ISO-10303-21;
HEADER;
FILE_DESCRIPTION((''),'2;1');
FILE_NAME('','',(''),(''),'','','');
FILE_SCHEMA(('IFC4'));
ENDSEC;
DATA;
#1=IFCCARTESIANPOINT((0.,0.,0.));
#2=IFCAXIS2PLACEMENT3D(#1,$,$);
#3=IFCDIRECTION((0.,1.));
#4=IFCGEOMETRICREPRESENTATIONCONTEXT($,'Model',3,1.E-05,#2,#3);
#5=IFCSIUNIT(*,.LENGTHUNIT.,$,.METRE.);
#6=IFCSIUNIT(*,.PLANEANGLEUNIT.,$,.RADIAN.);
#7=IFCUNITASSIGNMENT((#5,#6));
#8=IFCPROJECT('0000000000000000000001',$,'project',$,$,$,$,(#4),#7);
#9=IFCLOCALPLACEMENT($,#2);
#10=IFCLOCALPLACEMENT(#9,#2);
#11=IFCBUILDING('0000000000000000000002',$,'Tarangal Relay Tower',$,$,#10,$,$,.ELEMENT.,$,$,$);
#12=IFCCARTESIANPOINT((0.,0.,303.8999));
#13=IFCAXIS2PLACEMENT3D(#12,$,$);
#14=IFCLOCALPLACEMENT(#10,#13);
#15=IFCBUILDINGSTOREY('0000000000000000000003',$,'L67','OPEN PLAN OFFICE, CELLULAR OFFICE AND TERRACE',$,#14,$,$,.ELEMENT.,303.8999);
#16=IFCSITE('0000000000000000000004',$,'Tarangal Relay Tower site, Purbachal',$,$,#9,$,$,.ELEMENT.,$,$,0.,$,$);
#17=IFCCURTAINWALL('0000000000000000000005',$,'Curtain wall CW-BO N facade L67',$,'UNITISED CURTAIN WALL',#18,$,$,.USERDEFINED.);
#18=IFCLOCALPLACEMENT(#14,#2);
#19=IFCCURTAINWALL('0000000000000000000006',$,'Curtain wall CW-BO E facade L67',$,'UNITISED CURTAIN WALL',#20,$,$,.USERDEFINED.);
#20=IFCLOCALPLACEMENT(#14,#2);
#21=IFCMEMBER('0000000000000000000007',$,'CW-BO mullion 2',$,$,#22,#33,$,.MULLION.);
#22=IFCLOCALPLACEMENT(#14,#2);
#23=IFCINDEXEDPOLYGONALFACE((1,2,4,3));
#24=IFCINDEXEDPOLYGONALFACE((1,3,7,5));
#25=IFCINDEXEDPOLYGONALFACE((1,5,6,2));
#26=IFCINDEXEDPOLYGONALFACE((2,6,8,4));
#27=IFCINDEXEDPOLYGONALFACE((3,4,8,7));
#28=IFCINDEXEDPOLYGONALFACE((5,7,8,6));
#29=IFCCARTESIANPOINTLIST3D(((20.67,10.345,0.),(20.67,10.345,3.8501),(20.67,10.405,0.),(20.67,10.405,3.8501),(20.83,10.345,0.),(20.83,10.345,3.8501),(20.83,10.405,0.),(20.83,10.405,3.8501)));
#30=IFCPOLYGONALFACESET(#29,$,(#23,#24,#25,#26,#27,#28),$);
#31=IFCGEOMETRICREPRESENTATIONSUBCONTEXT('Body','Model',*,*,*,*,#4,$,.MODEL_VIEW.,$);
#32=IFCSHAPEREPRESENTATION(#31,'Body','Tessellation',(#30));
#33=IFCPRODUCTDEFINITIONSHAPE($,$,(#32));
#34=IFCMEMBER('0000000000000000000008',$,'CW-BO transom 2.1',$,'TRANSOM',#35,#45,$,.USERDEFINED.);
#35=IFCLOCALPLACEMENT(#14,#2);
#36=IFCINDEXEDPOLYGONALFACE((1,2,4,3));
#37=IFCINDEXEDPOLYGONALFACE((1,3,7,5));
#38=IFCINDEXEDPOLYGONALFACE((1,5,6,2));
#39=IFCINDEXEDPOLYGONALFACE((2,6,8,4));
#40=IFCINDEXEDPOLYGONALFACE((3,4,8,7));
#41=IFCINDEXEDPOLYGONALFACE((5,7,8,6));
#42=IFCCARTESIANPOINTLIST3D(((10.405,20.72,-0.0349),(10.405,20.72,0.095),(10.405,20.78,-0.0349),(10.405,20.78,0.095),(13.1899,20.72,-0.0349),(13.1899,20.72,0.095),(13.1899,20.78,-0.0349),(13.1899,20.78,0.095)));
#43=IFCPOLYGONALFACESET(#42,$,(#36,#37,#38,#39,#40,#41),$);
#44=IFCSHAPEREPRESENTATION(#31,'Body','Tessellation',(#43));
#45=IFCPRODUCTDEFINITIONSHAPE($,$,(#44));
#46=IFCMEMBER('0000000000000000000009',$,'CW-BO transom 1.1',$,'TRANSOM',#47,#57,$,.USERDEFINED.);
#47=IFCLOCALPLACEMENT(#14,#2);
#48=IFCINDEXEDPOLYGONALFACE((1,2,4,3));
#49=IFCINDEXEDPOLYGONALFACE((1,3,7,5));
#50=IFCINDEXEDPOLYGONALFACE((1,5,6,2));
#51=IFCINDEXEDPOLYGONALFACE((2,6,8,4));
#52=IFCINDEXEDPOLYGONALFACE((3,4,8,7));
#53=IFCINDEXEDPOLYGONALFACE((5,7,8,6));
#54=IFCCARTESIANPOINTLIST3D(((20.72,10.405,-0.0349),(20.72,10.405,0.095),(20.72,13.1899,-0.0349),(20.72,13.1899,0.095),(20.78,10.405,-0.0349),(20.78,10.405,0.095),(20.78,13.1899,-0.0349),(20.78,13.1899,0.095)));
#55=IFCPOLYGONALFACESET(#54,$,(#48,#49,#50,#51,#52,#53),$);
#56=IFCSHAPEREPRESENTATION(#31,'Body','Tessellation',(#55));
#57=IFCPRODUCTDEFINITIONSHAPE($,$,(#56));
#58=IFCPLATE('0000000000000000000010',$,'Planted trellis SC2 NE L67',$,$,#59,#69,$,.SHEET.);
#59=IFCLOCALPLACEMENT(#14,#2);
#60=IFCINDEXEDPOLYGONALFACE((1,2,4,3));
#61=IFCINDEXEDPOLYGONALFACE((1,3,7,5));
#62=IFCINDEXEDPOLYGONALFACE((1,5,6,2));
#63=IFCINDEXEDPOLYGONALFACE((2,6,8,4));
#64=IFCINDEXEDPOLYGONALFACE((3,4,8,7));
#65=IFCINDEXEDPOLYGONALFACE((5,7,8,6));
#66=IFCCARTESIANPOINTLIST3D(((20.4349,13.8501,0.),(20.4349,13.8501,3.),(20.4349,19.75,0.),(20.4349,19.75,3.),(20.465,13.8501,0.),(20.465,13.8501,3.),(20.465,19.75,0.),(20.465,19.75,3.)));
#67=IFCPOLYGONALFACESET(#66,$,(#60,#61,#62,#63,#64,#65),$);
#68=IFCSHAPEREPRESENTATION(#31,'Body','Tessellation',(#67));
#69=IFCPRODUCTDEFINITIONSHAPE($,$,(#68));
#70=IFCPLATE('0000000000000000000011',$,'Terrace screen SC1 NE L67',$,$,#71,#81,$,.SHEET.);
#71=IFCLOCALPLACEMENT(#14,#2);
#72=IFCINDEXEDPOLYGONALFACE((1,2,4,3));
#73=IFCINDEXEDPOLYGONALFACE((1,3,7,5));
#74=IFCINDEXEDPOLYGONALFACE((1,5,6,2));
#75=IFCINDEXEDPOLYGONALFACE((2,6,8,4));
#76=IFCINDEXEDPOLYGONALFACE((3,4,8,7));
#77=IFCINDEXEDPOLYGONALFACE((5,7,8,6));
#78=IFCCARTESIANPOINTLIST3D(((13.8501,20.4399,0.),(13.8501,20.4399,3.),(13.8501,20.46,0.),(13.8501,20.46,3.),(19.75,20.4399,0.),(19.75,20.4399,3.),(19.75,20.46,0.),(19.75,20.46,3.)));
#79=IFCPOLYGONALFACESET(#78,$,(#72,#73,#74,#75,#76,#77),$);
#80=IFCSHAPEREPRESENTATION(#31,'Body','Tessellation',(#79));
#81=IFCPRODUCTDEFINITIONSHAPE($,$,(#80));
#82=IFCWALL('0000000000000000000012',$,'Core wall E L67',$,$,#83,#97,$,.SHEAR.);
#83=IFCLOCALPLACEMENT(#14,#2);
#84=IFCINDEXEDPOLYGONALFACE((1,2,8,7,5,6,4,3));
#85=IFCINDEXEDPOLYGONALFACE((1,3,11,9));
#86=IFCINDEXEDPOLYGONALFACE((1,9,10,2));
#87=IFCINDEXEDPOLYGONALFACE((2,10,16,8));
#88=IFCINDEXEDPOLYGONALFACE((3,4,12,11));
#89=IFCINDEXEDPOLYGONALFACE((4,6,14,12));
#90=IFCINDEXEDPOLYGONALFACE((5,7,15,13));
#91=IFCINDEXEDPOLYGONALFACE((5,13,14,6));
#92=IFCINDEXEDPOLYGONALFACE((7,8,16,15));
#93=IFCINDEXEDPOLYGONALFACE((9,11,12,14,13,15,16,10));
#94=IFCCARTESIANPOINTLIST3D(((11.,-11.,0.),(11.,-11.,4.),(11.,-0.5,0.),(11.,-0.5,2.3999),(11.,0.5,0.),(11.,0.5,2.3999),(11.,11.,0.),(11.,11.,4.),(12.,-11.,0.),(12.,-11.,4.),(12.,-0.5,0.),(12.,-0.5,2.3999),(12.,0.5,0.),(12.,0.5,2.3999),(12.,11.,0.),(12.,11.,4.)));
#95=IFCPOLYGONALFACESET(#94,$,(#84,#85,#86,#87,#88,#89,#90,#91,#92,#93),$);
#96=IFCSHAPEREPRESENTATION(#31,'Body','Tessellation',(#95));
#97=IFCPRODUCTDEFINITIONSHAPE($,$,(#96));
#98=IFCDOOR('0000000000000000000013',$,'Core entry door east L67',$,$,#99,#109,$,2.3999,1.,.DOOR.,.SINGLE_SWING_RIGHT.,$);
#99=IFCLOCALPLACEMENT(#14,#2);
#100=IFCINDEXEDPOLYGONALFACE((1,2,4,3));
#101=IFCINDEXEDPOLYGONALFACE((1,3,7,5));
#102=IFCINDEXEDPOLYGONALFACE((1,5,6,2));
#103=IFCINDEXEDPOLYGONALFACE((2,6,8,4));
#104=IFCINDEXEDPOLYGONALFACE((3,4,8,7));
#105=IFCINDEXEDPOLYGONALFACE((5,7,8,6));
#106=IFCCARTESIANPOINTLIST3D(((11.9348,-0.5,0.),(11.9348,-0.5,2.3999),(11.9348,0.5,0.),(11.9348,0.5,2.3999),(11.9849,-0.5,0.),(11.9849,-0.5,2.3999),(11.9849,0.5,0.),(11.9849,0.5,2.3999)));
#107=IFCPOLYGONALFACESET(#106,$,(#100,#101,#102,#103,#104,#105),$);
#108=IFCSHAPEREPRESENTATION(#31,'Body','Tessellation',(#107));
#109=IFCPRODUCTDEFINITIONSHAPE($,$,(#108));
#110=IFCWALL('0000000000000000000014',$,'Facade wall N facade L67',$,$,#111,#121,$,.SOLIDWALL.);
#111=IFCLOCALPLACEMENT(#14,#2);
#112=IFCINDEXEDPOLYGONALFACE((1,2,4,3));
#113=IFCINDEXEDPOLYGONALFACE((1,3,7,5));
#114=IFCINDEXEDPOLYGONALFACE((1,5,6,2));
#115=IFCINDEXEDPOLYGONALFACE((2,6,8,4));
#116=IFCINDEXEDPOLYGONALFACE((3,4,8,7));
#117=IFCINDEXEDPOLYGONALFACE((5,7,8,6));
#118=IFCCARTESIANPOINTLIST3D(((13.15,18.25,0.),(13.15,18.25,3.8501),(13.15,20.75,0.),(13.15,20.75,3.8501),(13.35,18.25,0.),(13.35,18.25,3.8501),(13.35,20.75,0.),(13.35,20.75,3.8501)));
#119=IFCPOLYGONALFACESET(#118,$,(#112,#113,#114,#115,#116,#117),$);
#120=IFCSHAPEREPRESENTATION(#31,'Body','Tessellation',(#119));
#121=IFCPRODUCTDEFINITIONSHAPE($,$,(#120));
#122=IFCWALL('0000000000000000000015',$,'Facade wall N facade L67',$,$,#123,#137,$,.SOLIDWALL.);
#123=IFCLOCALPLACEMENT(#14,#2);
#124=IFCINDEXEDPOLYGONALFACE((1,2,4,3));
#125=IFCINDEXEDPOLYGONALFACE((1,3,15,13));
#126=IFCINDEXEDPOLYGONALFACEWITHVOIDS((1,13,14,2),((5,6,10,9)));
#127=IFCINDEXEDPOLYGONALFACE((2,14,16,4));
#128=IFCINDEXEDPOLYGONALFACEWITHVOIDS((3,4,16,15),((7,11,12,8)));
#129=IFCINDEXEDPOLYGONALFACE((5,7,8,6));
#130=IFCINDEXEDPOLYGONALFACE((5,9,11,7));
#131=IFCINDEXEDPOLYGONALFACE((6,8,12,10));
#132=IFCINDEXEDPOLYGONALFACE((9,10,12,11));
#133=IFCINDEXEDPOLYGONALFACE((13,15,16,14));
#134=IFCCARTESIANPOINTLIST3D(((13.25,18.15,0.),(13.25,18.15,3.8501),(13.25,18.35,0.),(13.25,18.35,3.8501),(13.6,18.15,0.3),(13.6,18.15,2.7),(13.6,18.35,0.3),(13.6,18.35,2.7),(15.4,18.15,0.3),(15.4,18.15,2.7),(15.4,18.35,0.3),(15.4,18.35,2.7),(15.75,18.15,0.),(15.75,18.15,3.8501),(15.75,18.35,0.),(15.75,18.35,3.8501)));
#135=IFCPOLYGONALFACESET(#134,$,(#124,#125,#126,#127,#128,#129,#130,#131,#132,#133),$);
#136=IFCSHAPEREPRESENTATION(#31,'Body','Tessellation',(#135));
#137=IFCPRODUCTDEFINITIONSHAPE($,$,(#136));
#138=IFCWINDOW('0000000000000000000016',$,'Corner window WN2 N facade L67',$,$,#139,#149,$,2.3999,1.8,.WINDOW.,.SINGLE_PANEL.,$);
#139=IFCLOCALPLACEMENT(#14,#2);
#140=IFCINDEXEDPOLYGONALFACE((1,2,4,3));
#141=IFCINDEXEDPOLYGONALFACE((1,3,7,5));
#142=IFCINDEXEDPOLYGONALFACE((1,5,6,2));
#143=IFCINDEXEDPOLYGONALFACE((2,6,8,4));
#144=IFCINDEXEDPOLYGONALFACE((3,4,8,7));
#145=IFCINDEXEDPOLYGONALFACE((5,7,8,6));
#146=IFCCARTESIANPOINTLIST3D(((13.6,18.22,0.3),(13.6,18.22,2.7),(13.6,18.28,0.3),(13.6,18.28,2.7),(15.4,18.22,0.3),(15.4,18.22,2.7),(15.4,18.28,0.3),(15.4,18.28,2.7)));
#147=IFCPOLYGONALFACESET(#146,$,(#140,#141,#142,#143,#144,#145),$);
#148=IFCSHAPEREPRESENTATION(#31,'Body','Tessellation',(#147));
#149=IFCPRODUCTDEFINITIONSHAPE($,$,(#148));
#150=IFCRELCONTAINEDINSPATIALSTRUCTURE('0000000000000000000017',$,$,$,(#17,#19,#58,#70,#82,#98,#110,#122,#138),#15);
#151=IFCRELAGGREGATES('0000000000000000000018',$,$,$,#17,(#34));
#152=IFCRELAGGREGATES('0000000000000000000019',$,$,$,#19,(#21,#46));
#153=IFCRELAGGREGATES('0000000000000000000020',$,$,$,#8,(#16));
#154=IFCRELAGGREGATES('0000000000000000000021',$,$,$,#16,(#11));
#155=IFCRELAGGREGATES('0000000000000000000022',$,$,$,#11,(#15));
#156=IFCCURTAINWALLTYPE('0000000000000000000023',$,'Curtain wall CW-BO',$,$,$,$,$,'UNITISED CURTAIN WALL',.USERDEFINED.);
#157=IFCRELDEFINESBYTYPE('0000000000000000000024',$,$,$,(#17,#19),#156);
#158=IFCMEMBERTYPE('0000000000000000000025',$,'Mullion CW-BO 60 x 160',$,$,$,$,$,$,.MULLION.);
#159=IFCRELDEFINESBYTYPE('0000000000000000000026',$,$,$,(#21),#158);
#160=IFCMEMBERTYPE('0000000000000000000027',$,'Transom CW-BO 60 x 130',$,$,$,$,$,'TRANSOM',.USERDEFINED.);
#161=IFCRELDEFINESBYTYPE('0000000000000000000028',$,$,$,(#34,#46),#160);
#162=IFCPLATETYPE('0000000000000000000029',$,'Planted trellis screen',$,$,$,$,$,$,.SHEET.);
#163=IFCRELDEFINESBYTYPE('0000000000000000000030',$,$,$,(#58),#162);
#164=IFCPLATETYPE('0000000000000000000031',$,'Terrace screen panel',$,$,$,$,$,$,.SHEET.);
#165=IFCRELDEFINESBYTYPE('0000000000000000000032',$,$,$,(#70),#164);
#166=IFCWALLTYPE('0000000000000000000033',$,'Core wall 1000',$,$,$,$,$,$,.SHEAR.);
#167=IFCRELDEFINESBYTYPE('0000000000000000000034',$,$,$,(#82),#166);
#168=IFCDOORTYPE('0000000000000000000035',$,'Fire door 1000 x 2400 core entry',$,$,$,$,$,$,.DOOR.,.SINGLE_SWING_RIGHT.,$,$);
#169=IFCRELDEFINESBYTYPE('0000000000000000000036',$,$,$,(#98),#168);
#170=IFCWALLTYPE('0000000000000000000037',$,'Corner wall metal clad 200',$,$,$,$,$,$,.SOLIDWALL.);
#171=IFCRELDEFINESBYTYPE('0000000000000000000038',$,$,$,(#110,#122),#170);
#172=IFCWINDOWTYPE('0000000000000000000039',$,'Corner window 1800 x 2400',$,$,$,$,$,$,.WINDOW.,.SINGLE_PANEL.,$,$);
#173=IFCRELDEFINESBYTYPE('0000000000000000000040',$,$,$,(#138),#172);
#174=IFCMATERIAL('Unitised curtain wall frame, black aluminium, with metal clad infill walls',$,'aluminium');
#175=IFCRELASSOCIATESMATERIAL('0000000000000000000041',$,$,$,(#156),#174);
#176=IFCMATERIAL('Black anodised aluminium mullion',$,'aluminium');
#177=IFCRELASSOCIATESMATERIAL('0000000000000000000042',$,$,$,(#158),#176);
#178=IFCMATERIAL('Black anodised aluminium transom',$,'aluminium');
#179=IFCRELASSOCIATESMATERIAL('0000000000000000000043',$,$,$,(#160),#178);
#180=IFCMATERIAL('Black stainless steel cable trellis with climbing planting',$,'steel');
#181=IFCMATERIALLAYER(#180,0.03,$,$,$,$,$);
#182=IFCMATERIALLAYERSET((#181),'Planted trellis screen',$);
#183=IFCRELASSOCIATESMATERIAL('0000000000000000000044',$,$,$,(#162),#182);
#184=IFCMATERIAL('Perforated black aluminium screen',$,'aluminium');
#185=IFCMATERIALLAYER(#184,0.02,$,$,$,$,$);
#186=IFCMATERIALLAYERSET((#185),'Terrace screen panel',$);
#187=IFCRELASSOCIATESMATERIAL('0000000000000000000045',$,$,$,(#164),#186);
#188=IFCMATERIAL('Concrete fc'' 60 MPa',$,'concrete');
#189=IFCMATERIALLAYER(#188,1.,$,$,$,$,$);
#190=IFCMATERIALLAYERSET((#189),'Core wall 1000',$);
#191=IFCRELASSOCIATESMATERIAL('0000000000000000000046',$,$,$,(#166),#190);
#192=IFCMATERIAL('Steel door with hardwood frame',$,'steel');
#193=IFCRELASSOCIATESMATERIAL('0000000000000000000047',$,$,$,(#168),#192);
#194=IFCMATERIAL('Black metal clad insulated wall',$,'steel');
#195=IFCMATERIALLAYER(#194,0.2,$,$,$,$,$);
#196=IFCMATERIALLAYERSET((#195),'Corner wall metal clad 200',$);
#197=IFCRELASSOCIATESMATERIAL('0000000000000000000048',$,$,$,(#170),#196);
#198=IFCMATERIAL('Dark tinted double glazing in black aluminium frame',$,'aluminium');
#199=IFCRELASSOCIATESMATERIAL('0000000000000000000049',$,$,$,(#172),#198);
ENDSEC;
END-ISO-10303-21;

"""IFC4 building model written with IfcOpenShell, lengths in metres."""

from ifc_helpers import new_model, si_unit, direction, frame, frame_2d, origin, origin_2d, place, context, subcontext, project, spatial, rectangle, extrude, material, layer, layer_set, material_profile, profile_set, type_object, element, fill, aggregate, save


model = new_model("IFC4")

# Units and contexts
model_context = context("Model", 3, precision=1e-05, world=origin(), true_north=direction((0.0, 1.0)))
body_context = subcontext(model_context, "Body", "Model", "MODEL_VIEW")
ifc_project = project(units=[si_unit("LENGTHUNIT", "METRE"), si_unit("PLANEANGLEUNIT", "RADIAN")], contexts=[model_context])

# Site, building, storey
site_placement = place(None, origin())
site = spatial("IfcSite", under=ifc_project, at=site_placement, Name="Tarangal Relay Tower site, Purbachal", CompositionType="ELEMENT", RefElevation=0.0)
building_placement = place(site_placement, origin())
building = spatial("IfcBuilding", under=site, at=building_placement, Name="Tarangal Relay Tower", CompositionType="ELEMENT")
storey_placement = place(building_placement, frame((0.0, 0.0, 303.8999)))
storey = spatial("IfcBuildingStorey", under=building, at=storey_placement, Name="L67", Description="OPEN PLAN OFFICE, CELLULAR OFFICE AND TERRACE", CompositionType="ELEMENT", Elevation=303.8999)

# Curtain wall
ifc_material_1 = material(Name="Unitised curtain wall frame, black aluminium, with metal clad infill walls", Category="aluminium")
curtain_wall_type = type_object("IfcCurtainWallType", Name="Curtain wall CW-BO", ElementType="UNITISED CURTAIN WALL", PredefinedType="USERDEFINED", material=ifc_material_1)
curtain_wall_1_placement = place(storey_placement, origin())
curtain_wall_1 = element("IfcCurtainWall", 1, at=curtain_wall_1_placement, inside=storey, type_object=curtain_wall_type, Name="Curtain wall CW-BO N facade L67", ObjectType="UNITISED CURTAIN WALL", PredefinedType="USERDEFINED")
ifc_material_2 = material(Name="Black anodised aluminium mullion", Category="aluminium")
ifc_material_profile_1 = material_profile(ifc_material_2, rectangle(XDim=0.1599, YDim=0.0601, at=origin_2d()), Name="CW-BOM 60X160")
ifc_profile_set_1 = profile_set([ifc_material_profile_1], Name="Black anodised aluminium mullion")
member_type_1 = type_object("IfcMemberType", Name="Mullion CW-BO 60 x 160", PredefinedType="MULLION", material=ifc_profile_set_1)

# Curtain wall, member
curtain_wall_2_placement = place(storey_placement, origin())
curtain_wall_2 = element("IfcCurtainWall", 2, at=curtain_wall_2_placement, inside=storey, type_object=curtain_wall_type, Name="Curtain wall CW-BO E facade L67", ObjectType="UNITISED CURTAIN WALL", PredefinedType="USERDEFINED")
member_1_placement = place(storey_placement, frame((20.75, 10.375, 0.0), z_axis=(0.0, 0.0, 1.0), x_axis=(1.0, 0.0, 0.0)))
member_1 = element("IfcMember", 3, at=member_1_placement, type_object=member_type_1, Name="CW-BO mullion 2", PredefinedType="MULLION", context=body_context, shape_type="SweptSolid", body=[
    extrude(rectangle(XDim=0.1599, YDim=0.0601, at=origin_2d()), origin(), (0.0, 0.0, 1.0), 3.8501),
])

# Members
ifc_material_3 = material(Name="Black anodised aluminium transom", Category="aluminium")
ifc_material_profile_2 = material_profile(ifc_material_3, rectangle(XDim=0.0601, YDim=0.1299, at=origin_2d()), Name="CW-BOT 60X130")
ifc_profile_set_2 = profile_set([ifc_material_profile_2], Name="Black anodised aluminium transom")
member_type_2 = type_object("IfcMemberType", Name="Transom CW-BO 60 x 130", ElementType="TRANSOM", PredefinedType="USERDEFINED", material=ifc_profile_set_2)
member_2_placement = place(storey_placement, frame((10.405, 20.75, 0.03), z_axis=(1.0, 0.0, 0.0), x_axis=(0.0, 1.0, 0.0)))
member_2 = element("IfcMember", 4, at=member_2_placement, type_object=member_type_2, Name="CW-BO transom 2.1", ObjectType="TRANSOM", PredefinedType="USERDEFINED", context=body_context, shape_type="SweptSolid", body=[
    extrude(rectangle(XDim=0.0601, YDim=0.1299, at=origin_2d()), origin(), (0.0, 0.0, 1.0), 2.7849),
])
aggregate(curtain_wall_1, [member_2])
member_3_placement = place(storey_placement, frame((20.75, 13.1899, 0.03), z_axis=(0.0, -1.0, 0.0), x_axis=(1.0, 0.0, 0.0)))
member_3 = element("IfcMember", 5, at=member_3_placement, type_object=member_type_2, Name="CW-BO transom 1.1", ObjectType="TRANSOM", PredefinedType="USERDEFINED", context=body_context, shape_type="SweptSolid", body=[
    extrude(rectangle(XDim=0.0601, YDim=0.1299, at=origin_2d()), origin(), (0.0, 0.0, 1.0), 2.7849),
])
aggregate(curtain_wall_2, [member_1, member_3])

# Plates
ifc_material_4 = material(Name="Black stainless steel cable trellis with climbing planting", Category="steel")
ifc_layer_1 = layer(ifc_material_4, 0.03)
ifc_layer_set_1 = layer_set([ifc_layer_1], Name="Planted trellis screen")
plate_type_1 = type_object("IfcPlateType", Name="Planted trellis screen", PredefinedType="SHEET", material=ifc_layer_set_1)
plate_1_placement = place(storey_placement, frame((20.45, 16.8, 0.0), z_axis=(0.0, 0.0, 1.0), x_axis=(0.0, -1.0, 0.0)))
element("IfcPlate", 6, at=plate_1_placement, inside=storey, type_object=plate_type_1, Name="Planted trellis SC2 NE L67", PredefinedType="SHEET", context=body_context, shape_type="SweptSolid", body=[
    extrude(rectangle(XDim=5.8999, YDim=0.03, at=origin_2d()), origin(), (0.0, 0.0, 1.0), 3.0),
])
ifc_material_5 = material(Name="Perforated black aluminium screen", Category="aluminium")
ifc_layer_2 = layer(ifc_material_5, 0.02)
ifc_layer_set_2 = layer_set([ifc_layer_2], Name="Terrace screen panel")
plate_type_2 = type_object("IfcPlateType", Name="Terrace screen panel", PredefinedType="SHEET", material=ifc_layer_set_2)
plate_2_placement = place(storey_placement, frame((16.8, 20.45, 0.0), z_axis=(0.0, 0.0, 1.0), x_axis=(1.0, 0.0, 0.0)))
element("IfcPlate", 7, at=plate_2_placement, inside=storey, type_object=plate_type_2, Name="Terrace screen SC1 NE L67", PredefinedType="SHEET", context=body_context, shape_type="SweptSolid", body=[
    extrude(rectangle(XDim=5.8999, YDim=0.02, at=origin_2d()), origin(), (0.0, 0.0, 1.0), 3.0),
])

# Wall, opening, door
ifc_material_6 = material(Name="Concrete fc' 60 MPa", Category="concrete")
ifc_layer_3 = layer(ifc_material_6, 1.0)
ifc_layer_set_3 = layer_set([ifc_layer_3], Name="Core wall 1000")
wall_type_1 = type_object("IfcWallType", Name="Core wall 1000", PredefinedType="SHEAR", material=ifc_layer_set_3)
wall_1_placement = place(storey_placement, frame((11.5, 11.0, 0.0), z_axis=(0.0, 0.0, 1.0), x_axis=(0.0, -1.0, 0.0)))
wall_1 = element("IfcWall", 8, at=wall_1_placement, inside=storey, type_object=wall_type_1, Name="Core wall E L67", PredefinedType="SHEAR", context=body_context, shape_type="SweptSolid", body=[
    extrude(rectangle(XDim=22.0, YDim=1.0, at=frame_2d((11.0, 0.0))), origin(), (0.0, 0.0, 1.0), 4.0),
])
opening_1_placement = place(wall_1_placement, frame((10.5, 0.0, 0.0)))
opening_1 = element("IfcOpeningElement", 9, at=opening_1_placement, cuts=wall_1, PredefinedType="OPENING", context=body_context, shape_type="SweptSolid", body=[
    extrude(rectangle(XDim=1.0, YDim=2.3999, at=frame_2d((0.5, 1.2))), frame((0.0, 0.51, 0.0), z_axis=(0.0, -1.0, 0.0), x_axis=(1.0, 0.0, 0.0)), (0.0, 0.0, 1.0), 1.02),
])
ifc_material_7 = material(Name="Steel door with hardwood frame", Category="steel")
door_type_1 = type_object("IfcDoorType", Name="Fire door 1000 x 2400 core entry", OperationType="SINGLE_SWING_RIGHT", PredefinedType="DOOR", material=ifc_material_7)
door_1_placement = place(opening_1_placement, origin())
door_1 = element("IfcDoor", 10, at=door_1_placement, inside=storey, type_object=door_type_1, Name="Core entry door east L67", OperationType="SINGLE_SWING_RIGHT", OverallHeight=2.3999, OverallWidth=1.0, PredefinedType="DOOR", context=body_context, shape_type="SweptSolid", body=[
    extrude(rectangle(XDim=1.0, YDim=2.3999, at=frame_2d((0.5, 1.2))), frame((0.0, 0.4849, 0.0), z_axis=(0.0, -1.0, 0.0), x_axis=(1.0, 0.0, 0.0)), (0.0, 0.0, 1.0), 0.05),
])
fill(opening_1, door_1)

# Wall
ifc_material_8 = material(Name="Black metal clad insulated wall", Category="steel")
ifc_layer_4 = layer(ifc_material_8, 0.2)
ifc_layer_set_4 = layer_set([ifc_layer_4], Name="Corner wall metal clad 200")
wall_type_2 = type_object("IfcWallType", Name="Corner wall metal clad 200", PredefinedType="SOLIDWALL", material=ifc_layer_set_4)
wall_2_placement = place(storey_placement, frame((13.25, 20.75, 0.0), z_axis=(0.0, 0.0, 1.0), x_axis=(0.0, -1.0, 0.0)))
element("IfcWall", 11, at=wall_2_placement, inside=storey, type_object=wall_type_2, Name="Facade wall N facade L67", PredefinedType="SOLIDWALL", context=body_context, shape_type="SweptSolid", body=[
    extrude(rectangle(XDim=2.5, YDim=0.2, at=frame_2d((1.25, 0.0))), origin(), (0.0, 0.0, 1.0), 3.8501),
])

# Wall, opening, window
wall_3_placement = place(storey_placement, frame((13.25, 18.25, 0.0), z_axis=(0.0, 0.0, 1.0), x_axis=(1.0, 0.0, 0.0)))
wall_3 = element("IfcWall", 12, at=wall_3_placement, inside=storey, type_object=wall_type_2, Name="Facade wall N facade L67", PredefinedType="SOLIDWALL", context=body_context, shape_type="SweptSolid", body=[
    extrude(rectangle(XDim=2.5, YDim=0.2, at=frame_2d((1.25, 0.0))), origin(), (0.0, 0.0, 1.0), 3.8501),
])
opening_2_placement = place(wall_3_placement, frame((0.3501, 0.0, 0.3)))
opening_2 = element("IfcOpeningElement", 13, at=opening_2_placement, cuts=wall_3, PredefinedType="OPENING", context=body_context, shape_type="SweptSolid", body=[
    extrude(rectangle(XDim=1.8, YDim=2.3999, at=frame_2d((0.8999, 1.2))), frame((0.0, 0.1099, 0.0), z_axis=(0.0, -1.0, 0.0), x_axis=(1.0, 0.0, 0.0)), (0.0, 0.0, 1.0), 0.22),
])
ifc_material_9 = material(Name="Dark tinted double glazing in black aluminium frame", Category="aluminium")
window_type = type_object("IfcWindowType", Name="Corner window 1800 x 2400", PartitioningType="SINGLE_PANEL", PredefinedType="WINDOW", material=ifc_material_9)
window_1_placement = place(opening_2_placement, origin())
window_1 = element("IfcWindow", 14, at=window_1_placement, inside=storey, type_object=window_type, Name="Corner window WN2 N facade L67", OverallHeight=2.3999, OverallWidth=1.8, PartitioningType="SINGLE_PANEL", PredefinedType="WINDOW", context=body_context, shape_type="SweptSolid", body=[
    extrude(rectangle(XDim=1.8, YDim=2.3999, at=frame_2d((0.8999, 1.2))), frame((0.0, 0.03, 0.0), z_axis=(0.0, -1.0, 0.0), x_axis=(1.0, 0.0, 0.0)), (0.0, 0.0, 1.0), 0.0601),
])
fill(opening_2, window_1)

save(model, "model.ifc")
